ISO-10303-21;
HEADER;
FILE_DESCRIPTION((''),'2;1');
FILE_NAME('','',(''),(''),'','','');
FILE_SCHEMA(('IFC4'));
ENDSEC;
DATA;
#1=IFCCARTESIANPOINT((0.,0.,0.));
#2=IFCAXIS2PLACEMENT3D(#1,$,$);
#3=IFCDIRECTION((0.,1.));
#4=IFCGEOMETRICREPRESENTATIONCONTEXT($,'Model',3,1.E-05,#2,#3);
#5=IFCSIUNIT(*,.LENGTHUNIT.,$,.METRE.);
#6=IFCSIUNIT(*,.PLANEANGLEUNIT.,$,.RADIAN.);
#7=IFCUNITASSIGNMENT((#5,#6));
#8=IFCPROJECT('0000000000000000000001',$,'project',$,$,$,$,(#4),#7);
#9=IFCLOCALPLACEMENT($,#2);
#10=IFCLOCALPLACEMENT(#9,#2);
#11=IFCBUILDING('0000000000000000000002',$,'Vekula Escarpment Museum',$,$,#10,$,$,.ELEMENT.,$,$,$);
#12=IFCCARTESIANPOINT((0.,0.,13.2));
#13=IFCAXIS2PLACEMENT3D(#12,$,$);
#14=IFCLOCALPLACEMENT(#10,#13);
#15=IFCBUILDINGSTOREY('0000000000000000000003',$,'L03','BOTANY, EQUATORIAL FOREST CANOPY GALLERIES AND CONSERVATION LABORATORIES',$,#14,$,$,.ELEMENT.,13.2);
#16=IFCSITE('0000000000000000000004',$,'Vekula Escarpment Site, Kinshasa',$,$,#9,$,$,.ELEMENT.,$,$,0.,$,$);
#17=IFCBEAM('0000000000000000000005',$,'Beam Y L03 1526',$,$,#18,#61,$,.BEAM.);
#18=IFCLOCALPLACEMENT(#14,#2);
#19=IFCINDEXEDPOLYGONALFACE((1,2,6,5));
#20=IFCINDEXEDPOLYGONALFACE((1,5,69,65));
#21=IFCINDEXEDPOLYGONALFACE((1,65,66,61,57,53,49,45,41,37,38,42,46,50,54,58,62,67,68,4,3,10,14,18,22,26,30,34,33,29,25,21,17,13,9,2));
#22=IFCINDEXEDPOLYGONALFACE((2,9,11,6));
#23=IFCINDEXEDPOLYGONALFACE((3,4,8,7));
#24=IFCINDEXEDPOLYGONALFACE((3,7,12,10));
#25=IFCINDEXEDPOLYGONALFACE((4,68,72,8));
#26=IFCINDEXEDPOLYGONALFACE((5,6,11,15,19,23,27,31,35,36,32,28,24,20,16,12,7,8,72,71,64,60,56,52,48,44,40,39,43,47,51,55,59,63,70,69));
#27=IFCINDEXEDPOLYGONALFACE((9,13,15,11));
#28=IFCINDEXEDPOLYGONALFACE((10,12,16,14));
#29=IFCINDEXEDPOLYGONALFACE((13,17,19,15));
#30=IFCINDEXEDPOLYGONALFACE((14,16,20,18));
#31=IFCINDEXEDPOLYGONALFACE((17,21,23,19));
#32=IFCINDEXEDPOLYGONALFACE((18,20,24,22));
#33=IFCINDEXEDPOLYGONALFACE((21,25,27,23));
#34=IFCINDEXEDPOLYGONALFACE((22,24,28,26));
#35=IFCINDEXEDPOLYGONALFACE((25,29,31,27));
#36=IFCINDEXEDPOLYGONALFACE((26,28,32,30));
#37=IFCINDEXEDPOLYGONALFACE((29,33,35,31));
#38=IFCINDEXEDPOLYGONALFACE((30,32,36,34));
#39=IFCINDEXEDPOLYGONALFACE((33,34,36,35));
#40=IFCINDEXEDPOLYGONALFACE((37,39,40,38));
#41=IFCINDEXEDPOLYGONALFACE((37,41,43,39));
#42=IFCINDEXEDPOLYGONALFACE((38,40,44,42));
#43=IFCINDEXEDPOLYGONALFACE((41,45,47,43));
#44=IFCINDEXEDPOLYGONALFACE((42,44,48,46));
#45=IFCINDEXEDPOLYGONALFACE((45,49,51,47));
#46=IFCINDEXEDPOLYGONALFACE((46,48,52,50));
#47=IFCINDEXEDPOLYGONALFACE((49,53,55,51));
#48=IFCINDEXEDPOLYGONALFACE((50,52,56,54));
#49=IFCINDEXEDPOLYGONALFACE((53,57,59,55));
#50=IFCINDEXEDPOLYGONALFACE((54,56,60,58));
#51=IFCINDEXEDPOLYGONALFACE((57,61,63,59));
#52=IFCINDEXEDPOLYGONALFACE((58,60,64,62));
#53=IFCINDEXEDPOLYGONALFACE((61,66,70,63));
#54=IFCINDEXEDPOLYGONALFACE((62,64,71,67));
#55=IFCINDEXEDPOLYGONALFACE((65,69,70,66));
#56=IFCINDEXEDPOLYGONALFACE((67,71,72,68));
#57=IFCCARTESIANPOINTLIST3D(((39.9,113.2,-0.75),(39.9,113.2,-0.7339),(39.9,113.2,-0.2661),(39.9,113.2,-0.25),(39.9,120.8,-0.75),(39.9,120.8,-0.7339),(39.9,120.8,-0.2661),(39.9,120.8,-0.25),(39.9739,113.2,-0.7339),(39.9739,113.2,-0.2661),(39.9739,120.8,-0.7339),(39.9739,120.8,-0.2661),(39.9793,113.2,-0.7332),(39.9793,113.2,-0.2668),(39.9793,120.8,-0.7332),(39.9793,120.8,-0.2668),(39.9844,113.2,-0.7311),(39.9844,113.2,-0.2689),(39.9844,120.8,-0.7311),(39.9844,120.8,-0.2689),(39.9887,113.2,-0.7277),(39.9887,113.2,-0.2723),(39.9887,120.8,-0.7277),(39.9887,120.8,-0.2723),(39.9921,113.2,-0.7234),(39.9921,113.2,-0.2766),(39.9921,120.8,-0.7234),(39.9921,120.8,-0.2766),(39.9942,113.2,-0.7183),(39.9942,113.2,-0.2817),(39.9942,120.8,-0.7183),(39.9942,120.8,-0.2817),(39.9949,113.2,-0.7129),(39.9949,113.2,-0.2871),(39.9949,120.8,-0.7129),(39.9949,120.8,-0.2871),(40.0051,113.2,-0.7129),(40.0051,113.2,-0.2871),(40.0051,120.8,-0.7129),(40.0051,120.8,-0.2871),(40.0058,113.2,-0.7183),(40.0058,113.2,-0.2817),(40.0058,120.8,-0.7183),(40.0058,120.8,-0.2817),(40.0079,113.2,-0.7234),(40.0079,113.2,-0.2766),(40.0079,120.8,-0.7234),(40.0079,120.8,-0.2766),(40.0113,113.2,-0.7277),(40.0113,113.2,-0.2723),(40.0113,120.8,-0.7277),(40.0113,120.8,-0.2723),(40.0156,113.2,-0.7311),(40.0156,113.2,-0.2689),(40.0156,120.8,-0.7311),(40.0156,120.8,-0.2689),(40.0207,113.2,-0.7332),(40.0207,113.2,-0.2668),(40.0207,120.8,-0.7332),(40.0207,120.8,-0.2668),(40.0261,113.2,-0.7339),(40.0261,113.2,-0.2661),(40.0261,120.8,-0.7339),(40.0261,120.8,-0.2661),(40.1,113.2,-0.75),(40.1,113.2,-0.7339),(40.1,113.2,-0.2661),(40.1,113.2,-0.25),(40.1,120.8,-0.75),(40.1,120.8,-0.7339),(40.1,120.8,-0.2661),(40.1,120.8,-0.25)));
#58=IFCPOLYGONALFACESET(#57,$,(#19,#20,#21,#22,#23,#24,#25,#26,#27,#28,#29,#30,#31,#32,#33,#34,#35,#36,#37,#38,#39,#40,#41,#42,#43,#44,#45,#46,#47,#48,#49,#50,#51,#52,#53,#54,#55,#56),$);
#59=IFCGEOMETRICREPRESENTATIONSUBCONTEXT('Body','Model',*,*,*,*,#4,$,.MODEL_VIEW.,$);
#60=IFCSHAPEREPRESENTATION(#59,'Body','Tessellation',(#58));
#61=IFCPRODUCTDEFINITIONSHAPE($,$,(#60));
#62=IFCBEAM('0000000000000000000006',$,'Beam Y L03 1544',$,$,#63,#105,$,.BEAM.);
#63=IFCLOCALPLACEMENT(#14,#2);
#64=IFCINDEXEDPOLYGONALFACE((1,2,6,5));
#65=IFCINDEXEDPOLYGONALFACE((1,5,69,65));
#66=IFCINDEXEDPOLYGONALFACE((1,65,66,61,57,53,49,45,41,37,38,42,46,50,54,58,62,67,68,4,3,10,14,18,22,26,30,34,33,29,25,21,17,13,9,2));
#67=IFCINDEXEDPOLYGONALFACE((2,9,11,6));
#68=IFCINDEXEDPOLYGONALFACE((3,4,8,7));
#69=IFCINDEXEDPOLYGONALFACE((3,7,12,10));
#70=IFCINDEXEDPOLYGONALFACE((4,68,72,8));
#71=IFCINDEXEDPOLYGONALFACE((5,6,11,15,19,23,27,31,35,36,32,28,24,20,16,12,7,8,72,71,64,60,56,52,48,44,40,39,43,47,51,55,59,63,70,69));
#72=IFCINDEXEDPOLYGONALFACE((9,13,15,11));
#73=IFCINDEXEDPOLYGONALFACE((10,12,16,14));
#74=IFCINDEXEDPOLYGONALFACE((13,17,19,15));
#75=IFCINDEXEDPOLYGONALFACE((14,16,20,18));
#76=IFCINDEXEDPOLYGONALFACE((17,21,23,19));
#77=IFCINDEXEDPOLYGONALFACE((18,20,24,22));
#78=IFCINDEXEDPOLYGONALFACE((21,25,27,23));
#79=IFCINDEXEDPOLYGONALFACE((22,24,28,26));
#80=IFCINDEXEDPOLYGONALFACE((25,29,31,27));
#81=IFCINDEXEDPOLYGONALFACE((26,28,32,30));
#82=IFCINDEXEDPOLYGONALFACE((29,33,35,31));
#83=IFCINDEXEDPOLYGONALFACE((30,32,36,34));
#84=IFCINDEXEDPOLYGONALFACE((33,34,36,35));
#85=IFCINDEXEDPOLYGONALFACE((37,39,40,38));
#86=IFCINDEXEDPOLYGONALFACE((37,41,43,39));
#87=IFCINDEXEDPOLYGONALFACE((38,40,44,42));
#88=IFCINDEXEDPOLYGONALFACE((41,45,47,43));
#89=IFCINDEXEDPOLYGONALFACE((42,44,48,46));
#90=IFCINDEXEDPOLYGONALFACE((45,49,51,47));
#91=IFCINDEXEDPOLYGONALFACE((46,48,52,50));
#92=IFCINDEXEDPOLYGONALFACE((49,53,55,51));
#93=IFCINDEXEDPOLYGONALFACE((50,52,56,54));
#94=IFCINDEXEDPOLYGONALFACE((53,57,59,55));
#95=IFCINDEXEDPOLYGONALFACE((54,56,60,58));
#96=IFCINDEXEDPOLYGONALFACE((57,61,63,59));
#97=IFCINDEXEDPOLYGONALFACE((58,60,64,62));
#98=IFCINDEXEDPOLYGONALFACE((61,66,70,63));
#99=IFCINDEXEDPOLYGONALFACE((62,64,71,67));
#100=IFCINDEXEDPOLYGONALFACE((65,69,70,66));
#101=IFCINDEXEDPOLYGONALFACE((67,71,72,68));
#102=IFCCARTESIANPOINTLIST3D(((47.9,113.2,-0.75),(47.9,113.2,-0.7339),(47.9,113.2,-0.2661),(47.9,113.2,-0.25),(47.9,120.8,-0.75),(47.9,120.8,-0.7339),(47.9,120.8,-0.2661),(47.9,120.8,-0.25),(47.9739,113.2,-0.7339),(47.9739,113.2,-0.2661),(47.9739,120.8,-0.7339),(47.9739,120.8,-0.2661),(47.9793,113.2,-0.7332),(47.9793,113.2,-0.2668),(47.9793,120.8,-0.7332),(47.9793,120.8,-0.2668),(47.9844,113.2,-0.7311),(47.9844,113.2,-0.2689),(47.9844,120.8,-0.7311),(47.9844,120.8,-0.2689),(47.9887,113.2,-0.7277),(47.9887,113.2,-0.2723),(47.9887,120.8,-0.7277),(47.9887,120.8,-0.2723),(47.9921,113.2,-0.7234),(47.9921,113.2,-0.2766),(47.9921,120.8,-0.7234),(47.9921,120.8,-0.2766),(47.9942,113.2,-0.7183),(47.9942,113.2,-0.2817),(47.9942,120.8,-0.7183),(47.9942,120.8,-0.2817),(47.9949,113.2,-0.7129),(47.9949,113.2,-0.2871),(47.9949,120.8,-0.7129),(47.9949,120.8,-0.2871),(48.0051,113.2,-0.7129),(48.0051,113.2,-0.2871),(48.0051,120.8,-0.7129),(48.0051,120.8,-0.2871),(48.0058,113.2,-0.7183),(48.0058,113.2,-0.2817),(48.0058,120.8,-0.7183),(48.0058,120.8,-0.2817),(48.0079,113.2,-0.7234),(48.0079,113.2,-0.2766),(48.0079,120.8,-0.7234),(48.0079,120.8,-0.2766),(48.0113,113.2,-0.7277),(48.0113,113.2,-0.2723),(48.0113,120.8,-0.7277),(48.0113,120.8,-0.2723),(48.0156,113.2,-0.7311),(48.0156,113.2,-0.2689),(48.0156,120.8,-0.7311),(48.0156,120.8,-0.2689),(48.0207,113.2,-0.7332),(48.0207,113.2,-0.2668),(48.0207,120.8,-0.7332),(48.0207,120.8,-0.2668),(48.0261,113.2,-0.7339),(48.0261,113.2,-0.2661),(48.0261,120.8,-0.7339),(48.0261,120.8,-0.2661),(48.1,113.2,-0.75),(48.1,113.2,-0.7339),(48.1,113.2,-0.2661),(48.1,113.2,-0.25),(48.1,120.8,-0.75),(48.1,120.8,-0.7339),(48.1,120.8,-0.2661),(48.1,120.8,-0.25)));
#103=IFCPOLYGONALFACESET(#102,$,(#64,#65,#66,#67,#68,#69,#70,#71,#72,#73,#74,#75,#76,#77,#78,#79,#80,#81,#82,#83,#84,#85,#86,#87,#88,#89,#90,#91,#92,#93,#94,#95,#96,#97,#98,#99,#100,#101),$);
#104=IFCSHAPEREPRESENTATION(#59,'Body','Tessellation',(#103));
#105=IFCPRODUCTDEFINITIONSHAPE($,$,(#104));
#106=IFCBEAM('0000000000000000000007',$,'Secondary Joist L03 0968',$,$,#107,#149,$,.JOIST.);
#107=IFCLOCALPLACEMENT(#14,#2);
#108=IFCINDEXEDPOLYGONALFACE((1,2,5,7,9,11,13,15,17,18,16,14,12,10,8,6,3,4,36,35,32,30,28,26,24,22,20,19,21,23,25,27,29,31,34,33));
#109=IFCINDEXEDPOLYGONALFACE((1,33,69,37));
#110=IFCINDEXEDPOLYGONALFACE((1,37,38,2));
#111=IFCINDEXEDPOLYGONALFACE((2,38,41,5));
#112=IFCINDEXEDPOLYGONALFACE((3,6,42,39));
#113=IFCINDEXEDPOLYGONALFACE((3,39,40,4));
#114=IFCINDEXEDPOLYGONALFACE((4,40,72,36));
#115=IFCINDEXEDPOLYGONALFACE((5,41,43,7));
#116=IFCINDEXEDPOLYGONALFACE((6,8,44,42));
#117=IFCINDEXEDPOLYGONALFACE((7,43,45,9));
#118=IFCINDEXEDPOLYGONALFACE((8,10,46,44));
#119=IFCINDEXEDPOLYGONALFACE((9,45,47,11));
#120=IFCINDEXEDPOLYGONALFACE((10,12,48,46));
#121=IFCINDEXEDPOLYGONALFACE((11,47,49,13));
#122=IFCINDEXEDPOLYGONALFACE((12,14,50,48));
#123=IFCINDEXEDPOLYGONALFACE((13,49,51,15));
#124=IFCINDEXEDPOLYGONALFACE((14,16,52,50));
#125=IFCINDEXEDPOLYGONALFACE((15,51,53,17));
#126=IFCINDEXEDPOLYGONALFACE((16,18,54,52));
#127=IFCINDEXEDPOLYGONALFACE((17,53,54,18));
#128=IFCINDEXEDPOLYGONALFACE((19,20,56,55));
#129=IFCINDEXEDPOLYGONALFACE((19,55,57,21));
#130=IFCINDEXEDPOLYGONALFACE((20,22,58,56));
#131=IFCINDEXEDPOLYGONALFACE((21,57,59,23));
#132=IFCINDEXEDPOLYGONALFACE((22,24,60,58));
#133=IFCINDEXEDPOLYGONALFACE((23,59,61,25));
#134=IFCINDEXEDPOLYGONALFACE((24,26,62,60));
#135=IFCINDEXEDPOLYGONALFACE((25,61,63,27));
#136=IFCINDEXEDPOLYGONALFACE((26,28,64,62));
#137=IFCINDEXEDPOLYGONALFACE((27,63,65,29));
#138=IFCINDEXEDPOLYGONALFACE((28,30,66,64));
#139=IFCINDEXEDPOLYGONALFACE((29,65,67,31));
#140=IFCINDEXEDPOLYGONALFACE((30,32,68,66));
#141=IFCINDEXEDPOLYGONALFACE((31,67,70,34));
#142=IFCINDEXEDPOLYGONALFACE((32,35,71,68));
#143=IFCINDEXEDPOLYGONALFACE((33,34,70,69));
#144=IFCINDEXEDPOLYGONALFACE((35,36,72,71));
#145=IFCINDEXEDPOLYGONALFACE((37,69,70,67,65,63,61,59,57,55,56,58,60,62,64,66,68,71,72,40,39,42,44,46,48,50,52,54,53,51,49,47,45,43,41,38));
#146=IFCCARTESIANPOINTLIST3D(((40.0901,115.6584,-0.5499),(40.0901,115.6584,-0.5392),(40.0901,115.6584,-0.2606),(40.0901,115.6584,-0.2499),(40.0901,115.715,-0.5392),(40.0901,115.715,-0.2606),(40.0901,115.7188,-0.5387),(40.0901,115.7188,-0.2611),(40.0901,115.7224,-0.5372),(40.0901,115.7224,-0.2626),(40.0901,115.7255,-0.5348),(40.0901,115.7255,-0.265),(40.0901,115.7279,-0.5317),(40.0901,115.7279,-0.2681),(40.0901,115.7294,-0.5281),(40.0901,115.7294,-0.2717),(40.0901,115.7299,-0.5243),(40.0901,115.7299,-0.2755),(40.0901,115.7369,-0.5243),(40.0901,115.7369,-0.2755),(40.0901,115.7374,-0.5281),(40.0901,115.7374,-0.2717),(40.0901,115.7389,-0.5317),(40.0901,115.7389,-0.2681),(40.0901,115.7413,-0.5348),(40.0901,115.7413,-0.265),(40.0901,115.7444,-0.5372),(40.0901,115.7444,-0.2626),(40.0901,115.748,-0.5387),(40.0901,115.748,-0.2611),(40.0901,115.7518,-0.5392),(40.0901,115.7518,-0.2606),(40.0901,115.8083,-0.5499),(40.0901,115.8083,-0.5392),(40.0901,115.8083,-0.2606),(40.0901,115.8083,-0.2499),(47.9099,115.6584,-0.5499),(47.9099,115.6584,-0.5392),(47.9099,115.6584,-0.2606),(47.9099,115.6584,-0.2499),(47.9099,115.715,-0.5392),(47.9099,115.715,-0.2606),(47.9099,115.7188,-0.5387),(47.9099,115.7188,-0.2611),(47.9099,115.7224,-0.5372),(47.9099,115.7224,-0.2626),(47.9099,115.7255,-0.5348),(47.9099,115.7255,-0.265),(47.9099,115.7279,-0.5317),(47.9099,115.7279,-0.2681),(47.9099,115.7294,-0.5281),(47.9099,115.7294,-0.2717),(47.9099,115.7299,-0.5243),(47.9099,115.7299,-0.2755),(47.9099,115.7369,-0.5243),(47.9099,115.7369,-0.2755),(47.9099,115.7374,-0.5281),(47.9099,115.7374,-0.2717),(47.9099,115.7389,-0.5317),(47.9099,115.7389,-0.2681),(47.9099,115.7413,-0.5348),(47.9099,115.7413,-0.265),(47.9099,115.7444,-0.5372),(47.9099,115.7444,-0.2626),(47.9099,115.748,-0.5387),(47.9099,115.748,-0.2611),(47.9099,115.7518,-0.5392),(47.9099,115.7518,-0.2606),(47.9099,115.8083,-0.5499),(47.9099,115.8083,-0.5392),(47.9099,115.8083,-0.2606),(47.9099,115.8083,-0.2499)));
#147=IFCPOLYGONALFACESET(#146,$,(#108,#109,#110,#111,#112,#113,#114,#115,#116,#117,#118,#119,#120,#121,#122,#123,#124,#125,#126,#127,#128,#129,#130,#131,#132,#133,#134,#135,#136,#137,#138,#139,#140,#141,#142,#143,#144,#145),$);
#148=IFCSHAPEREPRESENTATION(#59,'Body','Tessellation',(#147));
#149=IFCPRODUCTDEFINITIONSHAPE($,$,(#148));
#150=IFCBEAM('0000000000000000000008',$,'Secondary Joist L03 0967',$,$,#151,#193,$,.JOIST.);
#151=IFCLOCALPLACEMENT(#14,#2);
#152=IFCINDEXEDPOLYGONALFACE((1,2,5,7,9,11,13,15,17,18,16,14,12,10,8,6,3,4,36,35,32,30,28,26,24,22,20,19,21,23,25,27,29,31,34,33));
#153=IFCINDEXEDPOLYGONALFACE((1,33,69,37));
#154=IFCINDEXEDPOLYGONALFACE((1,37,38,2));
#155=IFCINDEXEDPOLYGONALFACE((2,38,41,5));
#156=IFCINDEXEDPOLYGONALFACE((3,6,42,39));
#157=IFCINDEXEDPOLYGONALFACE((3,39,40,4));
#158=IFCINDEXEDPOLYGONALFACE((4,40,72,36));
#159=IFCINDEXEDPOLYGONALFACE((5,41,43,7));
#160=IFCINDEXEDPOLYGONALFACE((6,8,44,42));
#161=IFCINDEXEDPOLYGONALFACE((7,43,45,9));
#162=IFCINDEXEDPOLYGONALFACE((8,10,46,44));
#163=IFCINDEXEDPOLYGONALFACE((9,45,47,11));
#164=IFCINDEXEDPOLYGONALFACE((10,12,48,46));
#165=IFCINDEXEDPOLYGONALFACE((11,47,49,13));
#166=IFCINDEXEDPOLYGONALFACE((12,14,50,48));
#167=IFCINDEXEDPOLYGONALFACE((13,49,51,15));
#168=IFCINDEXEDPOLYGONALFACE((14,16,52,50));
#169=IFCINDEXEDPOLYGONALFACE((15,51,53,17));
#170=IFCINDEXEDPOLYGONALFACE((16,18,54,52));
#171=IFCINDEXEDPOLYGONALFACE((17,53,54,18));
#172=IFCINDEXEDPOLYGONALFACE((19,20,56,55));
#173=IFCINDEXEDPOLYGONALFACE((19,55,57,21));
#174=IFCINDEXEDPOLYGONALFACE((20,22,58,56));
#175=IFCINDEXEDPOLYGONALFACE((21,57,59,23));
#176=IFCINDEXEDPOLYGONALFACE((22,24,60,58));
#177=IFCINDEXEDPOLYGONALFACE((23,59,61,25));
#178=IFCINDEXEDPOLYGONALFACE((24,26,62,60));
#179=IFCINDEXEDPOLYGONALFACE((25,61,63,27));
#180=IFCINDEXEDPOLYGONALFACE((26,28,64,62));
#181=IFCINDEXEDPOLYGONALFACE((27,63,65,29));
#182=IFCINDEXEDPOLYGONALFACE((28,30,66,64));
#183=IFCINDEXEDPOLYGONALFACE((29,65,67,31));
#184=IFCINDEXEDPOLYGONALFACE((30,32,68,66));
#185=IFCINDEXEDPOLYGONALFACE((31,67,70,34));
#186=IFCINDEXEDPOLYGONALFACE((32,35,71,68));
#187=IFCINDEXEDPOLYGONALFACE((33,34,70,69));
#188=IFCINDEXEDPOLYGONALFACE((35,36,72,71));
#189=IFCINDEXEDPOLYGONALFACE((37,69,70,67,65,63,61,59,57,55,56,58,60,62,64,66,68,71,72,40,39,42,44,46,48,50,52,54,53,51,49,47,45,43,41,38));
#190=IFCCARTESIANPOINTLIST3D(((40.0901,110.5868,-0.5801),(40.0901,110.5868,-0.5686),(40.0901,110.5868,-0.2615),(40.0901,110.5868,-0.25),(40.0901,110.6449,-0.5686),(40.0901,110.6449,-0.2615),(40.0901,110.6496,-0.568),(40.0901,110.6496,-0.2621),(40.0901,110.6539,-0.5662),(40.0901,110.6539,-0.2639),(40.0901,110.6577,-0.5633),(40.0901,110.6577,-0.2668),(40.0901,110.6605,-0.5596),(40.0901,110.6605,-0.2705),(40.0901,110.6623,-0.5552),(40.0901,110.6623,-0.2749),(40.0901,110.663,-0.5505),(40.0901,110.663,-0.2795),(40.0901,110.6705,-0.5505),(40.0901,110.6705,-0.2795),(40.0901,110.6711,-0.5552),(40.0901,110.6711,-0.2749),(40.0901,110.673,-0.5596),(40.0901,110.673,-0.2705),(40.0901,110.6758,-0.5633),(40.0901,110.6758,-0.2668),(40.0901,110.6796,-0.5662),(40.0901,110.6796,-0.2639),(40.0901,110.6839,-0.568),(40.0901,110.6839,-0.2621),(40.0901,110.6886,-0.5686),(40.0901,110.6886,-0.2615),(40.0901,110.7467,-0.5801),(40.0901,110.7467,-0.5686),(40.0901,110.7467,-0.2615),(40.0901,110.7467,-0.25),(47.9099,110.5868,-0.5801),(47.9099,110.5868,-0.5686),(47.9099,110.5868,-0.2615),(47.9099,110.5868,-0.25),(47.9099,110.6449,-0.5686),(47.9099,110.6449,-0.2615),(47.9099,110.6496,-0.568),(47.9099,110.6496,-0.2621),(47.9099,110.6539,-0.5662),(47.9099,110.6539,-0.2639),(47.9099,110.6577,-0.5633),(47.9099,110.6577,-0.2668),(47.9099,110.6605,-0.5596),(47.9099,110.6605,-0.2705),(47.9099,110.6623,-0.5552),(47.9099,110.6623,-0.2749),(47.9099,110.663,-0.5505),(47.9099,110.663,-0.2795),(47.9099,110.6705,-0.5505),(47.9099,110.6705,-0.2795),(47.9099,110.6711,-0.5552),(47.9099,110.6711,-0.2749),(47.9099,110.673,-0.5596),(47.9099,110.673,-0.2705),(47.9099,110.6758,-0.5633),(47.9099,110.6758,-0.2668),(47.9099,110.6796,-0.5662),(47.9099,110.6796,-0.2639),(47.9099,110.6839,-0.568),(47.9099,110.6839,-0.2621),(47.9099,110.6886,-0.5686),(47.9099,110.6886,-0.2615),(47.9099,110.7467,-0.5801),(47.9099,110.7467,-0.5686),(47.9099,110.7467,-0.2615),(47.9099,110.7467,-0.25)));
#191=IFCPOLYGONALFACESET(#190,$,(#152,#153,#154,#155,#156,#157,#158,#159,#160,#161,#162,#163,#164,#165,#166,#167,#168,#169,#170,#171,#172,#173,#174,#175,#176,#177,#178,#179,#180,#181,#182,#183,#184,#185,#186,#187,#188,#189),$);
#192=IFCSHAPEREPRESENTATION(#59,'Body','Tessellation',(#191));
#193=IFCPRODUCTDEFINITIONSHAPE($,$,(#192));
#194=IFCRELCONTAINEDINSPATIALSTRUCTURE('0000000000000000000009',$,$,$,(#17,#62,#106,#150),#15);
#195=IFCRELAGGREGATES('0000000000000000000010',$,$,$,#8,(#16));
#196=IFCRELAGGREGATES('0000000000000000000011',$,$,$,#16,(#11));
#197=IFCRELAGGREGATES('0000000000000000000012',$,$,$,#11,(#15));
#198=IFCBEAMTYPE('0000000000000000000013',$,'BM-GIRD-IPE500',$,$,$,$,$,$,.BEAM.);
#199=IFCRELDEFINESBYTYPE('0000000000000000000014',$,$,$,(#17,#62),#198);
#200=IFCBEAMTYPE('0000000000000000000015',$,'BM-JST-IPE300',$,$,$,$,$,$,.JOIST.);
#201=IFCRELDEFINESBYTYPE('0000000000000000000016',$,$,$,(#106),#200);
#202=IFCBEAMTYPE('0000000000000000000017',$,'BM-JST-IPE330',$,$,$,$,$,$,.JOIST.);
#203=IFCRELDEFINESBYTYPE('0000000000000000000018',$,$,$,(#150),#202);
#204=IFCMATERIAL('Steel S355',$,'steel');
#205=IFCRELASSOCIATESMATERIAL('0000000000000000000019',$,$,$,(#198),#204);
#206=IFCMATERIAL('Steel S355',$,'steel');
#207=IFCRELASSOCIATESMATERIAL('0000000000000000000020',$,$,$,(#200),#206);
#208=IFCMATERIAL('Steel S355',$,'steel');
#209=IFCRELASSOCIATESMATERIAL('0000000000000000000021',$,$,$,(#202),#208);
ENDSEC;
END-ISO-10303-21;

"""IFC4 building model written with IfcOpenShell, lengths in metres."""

from ifc_helpers import new_model, si_unit, direction, frame, origin, origin_2d, place, context, subcontext, project, spatial, i_section, extrude, material, material_profile, profile_set, type_object, element, save


model = new_model("IFC4")

# Units and contexts
model_context = context("Model", 3, precision=1e-05, world=origin(), true_north=direction((0.0, 1.0)))
body_context = subcontext(model_context, "Body", "Model", "MODEL_VIEW")
ifc_project = project(units=[si_unit("LENGTHUNIT", "METRE"), si_unit("PLANEANGLEUNIT", "RADIAN")], contexts=[model_context])

# Site, building, storey
site_placement = place(None, origin())
site = spatial("IfcSite", under=ifc_project, at=site_placement, Name="Vekula Escarpment Site, Kinshasa", CompositionType="ELEMENT", RefElevation=0.0)
building_placement = place(site_placement, origin())
building = spatial("IfcBuilding", under=site, at=building_placement, Name="Vekula Escarpment Museum", CompositionType="ELEMENT")
storey_placement = place(building_placement, frame((0.0, 0.0, 13.2)))
storey = spatial("IfcBuildingStorey", under=building, at=storey_placement, Name="L03", Description="BOTANY, EQUATORIAL FOREST CANOPY GALLERIES AND CONSERVATION LABORATORIES", CompositionType="ELEMENT", Elevation=13.2)

# Beams
ifc_material_1 = material(Name="Steel S355", Category="steel")
ifc_material_profile_1 = material_profile(ifc_material_1, i_section(OverallWidth=0.2, OverallDepth=0.5, WebThickness=0.0103, FlangeThickness=0.0161, FilletRadius=0.021, at=origin_2d()), Name="IPE 500")
ifc_profile_set_1 = profile_set([ifc_material_profile_1], Name="Steel S355")
beam_type_1 = type_object("IfcBeamType", Name="BM-GIRD-IPE500", PredefinedType="BEAM", material=ifc_profile_set_1)
for number, where, z_axis, x_axis, name in (
    (1, (40.0, 113.2, -0.5), (0.0, 1.0, 0.0), (-1.0, 0.0, 0.0), "Beam Y L03 1526"),
    (2, (48.0, 113.2, -0.5), (0.0, 1.0, 0.0), (-1.0, 0.0, 0.0), "Beam Y L03 1544"),
):
    element("IfcBeam", number, at=place(storey_placement, frame(where, z_axis=z_axis, x_axis=x_axis)), inside=storey, type_object=beam_type_1, Name=name, PredefinedType="BEAM", context=body_context, shape_type="SweptSolid", body=[
        extrude(i_section(OverallWidth=0.2, OverallDepth=0.5, WebThickness=0.0103, FlangeThickness=0.0161, FilletRadius=0.021, at=origin_2d()), origin(), (0.0, 0.0, 1.0), 7.6001),
    ])
ifc_material_2 = material(Name="Steel S355", Category="steel")
ifc_material_profile_2 = material_profile(ifc_material_2, i_section(OverallWidth=0.1499, OverallDepth=0.3, WebThickness=0.0071, FlangeThickness=0.0107, FilletRadius=0.0149, at=origin_2d()), Name="IPE 300")
ifc_profile_set_2 = profile_set([ifc_material_profile_2], Name="Steel S355")
beam_type_2 = type_object("IfcBeamType", Name="BM-JST-IPE300", PredefinedType="JOIST", material=ifc_profile_set_2)
beam_1_placement = place(storey_placement, frame((40.0901, 115.7334, -0.3999), z_axis=(1.0, 0.0, 0.0), x_axis=(0.0, 1.0, 0.0)))
element("IfcBeam", 3, at=beam_1_placement, inside=storey, type_object=beam_type_2, Name="Secondary Joist L03 0968", PredefinedType="JOIST", context=body_context, shape_type="SweptSolid", body=[
    extrude(i_section(OverallWidth=0.1499, OverallDepth=0.3, WebThickness=0.0071, FlangeThickness=0.0107, FilletRadius=0.0149, at=origin_2d()), origin(), (0.0, 0.0, 1.0), 7.8198),
])
ifc_material_3 = material(Name="Steel S355", Category="steel")
ifc_material_profile_3 = material_profile(ifc_material_3, i_section(OverallWidth=0.1599, OverallDepth=0.3301, WebThickness=0.0076, FlangeThickness=0.0115, FilletRadius=0.0181, at=origin_2d()), Name="IPE 330")
ifc_profile_set_3 = profile_set([ifc_material_profile_3], Name="Steel S355")
beam_type_3 = type_object("IfcBeamType", Name="BM-JST-IPE330", PredefinedType="JOIST", material=ifc_profile_set_3)
beam_2_placement = place(storey_placement, frame((40.0901, 110.6667, -0.415), z_axis=(1.0, 0.0, 0.0), x_axis=(0.0, 1.0, 0.0)))
element("IfcBeam", 4, at=beam_2_placement, inside=storey, type_object=beam_type_3, Name="Secondary Joist L03 0967", PredefinedType="JOIST", context=body_context, shape_type="SweptSolid", body=[
    extrude(i_section(OverallWidth=0.1599, OverallDepth=0.3301, WebThickness=0.0076, FlangeThickness=0.0115, FilletRadius=0.0181, at=origin_2d()), origin(), (0.0, 0.0, 1.0), 7.8198),
])

save(model, "model.ifc")
